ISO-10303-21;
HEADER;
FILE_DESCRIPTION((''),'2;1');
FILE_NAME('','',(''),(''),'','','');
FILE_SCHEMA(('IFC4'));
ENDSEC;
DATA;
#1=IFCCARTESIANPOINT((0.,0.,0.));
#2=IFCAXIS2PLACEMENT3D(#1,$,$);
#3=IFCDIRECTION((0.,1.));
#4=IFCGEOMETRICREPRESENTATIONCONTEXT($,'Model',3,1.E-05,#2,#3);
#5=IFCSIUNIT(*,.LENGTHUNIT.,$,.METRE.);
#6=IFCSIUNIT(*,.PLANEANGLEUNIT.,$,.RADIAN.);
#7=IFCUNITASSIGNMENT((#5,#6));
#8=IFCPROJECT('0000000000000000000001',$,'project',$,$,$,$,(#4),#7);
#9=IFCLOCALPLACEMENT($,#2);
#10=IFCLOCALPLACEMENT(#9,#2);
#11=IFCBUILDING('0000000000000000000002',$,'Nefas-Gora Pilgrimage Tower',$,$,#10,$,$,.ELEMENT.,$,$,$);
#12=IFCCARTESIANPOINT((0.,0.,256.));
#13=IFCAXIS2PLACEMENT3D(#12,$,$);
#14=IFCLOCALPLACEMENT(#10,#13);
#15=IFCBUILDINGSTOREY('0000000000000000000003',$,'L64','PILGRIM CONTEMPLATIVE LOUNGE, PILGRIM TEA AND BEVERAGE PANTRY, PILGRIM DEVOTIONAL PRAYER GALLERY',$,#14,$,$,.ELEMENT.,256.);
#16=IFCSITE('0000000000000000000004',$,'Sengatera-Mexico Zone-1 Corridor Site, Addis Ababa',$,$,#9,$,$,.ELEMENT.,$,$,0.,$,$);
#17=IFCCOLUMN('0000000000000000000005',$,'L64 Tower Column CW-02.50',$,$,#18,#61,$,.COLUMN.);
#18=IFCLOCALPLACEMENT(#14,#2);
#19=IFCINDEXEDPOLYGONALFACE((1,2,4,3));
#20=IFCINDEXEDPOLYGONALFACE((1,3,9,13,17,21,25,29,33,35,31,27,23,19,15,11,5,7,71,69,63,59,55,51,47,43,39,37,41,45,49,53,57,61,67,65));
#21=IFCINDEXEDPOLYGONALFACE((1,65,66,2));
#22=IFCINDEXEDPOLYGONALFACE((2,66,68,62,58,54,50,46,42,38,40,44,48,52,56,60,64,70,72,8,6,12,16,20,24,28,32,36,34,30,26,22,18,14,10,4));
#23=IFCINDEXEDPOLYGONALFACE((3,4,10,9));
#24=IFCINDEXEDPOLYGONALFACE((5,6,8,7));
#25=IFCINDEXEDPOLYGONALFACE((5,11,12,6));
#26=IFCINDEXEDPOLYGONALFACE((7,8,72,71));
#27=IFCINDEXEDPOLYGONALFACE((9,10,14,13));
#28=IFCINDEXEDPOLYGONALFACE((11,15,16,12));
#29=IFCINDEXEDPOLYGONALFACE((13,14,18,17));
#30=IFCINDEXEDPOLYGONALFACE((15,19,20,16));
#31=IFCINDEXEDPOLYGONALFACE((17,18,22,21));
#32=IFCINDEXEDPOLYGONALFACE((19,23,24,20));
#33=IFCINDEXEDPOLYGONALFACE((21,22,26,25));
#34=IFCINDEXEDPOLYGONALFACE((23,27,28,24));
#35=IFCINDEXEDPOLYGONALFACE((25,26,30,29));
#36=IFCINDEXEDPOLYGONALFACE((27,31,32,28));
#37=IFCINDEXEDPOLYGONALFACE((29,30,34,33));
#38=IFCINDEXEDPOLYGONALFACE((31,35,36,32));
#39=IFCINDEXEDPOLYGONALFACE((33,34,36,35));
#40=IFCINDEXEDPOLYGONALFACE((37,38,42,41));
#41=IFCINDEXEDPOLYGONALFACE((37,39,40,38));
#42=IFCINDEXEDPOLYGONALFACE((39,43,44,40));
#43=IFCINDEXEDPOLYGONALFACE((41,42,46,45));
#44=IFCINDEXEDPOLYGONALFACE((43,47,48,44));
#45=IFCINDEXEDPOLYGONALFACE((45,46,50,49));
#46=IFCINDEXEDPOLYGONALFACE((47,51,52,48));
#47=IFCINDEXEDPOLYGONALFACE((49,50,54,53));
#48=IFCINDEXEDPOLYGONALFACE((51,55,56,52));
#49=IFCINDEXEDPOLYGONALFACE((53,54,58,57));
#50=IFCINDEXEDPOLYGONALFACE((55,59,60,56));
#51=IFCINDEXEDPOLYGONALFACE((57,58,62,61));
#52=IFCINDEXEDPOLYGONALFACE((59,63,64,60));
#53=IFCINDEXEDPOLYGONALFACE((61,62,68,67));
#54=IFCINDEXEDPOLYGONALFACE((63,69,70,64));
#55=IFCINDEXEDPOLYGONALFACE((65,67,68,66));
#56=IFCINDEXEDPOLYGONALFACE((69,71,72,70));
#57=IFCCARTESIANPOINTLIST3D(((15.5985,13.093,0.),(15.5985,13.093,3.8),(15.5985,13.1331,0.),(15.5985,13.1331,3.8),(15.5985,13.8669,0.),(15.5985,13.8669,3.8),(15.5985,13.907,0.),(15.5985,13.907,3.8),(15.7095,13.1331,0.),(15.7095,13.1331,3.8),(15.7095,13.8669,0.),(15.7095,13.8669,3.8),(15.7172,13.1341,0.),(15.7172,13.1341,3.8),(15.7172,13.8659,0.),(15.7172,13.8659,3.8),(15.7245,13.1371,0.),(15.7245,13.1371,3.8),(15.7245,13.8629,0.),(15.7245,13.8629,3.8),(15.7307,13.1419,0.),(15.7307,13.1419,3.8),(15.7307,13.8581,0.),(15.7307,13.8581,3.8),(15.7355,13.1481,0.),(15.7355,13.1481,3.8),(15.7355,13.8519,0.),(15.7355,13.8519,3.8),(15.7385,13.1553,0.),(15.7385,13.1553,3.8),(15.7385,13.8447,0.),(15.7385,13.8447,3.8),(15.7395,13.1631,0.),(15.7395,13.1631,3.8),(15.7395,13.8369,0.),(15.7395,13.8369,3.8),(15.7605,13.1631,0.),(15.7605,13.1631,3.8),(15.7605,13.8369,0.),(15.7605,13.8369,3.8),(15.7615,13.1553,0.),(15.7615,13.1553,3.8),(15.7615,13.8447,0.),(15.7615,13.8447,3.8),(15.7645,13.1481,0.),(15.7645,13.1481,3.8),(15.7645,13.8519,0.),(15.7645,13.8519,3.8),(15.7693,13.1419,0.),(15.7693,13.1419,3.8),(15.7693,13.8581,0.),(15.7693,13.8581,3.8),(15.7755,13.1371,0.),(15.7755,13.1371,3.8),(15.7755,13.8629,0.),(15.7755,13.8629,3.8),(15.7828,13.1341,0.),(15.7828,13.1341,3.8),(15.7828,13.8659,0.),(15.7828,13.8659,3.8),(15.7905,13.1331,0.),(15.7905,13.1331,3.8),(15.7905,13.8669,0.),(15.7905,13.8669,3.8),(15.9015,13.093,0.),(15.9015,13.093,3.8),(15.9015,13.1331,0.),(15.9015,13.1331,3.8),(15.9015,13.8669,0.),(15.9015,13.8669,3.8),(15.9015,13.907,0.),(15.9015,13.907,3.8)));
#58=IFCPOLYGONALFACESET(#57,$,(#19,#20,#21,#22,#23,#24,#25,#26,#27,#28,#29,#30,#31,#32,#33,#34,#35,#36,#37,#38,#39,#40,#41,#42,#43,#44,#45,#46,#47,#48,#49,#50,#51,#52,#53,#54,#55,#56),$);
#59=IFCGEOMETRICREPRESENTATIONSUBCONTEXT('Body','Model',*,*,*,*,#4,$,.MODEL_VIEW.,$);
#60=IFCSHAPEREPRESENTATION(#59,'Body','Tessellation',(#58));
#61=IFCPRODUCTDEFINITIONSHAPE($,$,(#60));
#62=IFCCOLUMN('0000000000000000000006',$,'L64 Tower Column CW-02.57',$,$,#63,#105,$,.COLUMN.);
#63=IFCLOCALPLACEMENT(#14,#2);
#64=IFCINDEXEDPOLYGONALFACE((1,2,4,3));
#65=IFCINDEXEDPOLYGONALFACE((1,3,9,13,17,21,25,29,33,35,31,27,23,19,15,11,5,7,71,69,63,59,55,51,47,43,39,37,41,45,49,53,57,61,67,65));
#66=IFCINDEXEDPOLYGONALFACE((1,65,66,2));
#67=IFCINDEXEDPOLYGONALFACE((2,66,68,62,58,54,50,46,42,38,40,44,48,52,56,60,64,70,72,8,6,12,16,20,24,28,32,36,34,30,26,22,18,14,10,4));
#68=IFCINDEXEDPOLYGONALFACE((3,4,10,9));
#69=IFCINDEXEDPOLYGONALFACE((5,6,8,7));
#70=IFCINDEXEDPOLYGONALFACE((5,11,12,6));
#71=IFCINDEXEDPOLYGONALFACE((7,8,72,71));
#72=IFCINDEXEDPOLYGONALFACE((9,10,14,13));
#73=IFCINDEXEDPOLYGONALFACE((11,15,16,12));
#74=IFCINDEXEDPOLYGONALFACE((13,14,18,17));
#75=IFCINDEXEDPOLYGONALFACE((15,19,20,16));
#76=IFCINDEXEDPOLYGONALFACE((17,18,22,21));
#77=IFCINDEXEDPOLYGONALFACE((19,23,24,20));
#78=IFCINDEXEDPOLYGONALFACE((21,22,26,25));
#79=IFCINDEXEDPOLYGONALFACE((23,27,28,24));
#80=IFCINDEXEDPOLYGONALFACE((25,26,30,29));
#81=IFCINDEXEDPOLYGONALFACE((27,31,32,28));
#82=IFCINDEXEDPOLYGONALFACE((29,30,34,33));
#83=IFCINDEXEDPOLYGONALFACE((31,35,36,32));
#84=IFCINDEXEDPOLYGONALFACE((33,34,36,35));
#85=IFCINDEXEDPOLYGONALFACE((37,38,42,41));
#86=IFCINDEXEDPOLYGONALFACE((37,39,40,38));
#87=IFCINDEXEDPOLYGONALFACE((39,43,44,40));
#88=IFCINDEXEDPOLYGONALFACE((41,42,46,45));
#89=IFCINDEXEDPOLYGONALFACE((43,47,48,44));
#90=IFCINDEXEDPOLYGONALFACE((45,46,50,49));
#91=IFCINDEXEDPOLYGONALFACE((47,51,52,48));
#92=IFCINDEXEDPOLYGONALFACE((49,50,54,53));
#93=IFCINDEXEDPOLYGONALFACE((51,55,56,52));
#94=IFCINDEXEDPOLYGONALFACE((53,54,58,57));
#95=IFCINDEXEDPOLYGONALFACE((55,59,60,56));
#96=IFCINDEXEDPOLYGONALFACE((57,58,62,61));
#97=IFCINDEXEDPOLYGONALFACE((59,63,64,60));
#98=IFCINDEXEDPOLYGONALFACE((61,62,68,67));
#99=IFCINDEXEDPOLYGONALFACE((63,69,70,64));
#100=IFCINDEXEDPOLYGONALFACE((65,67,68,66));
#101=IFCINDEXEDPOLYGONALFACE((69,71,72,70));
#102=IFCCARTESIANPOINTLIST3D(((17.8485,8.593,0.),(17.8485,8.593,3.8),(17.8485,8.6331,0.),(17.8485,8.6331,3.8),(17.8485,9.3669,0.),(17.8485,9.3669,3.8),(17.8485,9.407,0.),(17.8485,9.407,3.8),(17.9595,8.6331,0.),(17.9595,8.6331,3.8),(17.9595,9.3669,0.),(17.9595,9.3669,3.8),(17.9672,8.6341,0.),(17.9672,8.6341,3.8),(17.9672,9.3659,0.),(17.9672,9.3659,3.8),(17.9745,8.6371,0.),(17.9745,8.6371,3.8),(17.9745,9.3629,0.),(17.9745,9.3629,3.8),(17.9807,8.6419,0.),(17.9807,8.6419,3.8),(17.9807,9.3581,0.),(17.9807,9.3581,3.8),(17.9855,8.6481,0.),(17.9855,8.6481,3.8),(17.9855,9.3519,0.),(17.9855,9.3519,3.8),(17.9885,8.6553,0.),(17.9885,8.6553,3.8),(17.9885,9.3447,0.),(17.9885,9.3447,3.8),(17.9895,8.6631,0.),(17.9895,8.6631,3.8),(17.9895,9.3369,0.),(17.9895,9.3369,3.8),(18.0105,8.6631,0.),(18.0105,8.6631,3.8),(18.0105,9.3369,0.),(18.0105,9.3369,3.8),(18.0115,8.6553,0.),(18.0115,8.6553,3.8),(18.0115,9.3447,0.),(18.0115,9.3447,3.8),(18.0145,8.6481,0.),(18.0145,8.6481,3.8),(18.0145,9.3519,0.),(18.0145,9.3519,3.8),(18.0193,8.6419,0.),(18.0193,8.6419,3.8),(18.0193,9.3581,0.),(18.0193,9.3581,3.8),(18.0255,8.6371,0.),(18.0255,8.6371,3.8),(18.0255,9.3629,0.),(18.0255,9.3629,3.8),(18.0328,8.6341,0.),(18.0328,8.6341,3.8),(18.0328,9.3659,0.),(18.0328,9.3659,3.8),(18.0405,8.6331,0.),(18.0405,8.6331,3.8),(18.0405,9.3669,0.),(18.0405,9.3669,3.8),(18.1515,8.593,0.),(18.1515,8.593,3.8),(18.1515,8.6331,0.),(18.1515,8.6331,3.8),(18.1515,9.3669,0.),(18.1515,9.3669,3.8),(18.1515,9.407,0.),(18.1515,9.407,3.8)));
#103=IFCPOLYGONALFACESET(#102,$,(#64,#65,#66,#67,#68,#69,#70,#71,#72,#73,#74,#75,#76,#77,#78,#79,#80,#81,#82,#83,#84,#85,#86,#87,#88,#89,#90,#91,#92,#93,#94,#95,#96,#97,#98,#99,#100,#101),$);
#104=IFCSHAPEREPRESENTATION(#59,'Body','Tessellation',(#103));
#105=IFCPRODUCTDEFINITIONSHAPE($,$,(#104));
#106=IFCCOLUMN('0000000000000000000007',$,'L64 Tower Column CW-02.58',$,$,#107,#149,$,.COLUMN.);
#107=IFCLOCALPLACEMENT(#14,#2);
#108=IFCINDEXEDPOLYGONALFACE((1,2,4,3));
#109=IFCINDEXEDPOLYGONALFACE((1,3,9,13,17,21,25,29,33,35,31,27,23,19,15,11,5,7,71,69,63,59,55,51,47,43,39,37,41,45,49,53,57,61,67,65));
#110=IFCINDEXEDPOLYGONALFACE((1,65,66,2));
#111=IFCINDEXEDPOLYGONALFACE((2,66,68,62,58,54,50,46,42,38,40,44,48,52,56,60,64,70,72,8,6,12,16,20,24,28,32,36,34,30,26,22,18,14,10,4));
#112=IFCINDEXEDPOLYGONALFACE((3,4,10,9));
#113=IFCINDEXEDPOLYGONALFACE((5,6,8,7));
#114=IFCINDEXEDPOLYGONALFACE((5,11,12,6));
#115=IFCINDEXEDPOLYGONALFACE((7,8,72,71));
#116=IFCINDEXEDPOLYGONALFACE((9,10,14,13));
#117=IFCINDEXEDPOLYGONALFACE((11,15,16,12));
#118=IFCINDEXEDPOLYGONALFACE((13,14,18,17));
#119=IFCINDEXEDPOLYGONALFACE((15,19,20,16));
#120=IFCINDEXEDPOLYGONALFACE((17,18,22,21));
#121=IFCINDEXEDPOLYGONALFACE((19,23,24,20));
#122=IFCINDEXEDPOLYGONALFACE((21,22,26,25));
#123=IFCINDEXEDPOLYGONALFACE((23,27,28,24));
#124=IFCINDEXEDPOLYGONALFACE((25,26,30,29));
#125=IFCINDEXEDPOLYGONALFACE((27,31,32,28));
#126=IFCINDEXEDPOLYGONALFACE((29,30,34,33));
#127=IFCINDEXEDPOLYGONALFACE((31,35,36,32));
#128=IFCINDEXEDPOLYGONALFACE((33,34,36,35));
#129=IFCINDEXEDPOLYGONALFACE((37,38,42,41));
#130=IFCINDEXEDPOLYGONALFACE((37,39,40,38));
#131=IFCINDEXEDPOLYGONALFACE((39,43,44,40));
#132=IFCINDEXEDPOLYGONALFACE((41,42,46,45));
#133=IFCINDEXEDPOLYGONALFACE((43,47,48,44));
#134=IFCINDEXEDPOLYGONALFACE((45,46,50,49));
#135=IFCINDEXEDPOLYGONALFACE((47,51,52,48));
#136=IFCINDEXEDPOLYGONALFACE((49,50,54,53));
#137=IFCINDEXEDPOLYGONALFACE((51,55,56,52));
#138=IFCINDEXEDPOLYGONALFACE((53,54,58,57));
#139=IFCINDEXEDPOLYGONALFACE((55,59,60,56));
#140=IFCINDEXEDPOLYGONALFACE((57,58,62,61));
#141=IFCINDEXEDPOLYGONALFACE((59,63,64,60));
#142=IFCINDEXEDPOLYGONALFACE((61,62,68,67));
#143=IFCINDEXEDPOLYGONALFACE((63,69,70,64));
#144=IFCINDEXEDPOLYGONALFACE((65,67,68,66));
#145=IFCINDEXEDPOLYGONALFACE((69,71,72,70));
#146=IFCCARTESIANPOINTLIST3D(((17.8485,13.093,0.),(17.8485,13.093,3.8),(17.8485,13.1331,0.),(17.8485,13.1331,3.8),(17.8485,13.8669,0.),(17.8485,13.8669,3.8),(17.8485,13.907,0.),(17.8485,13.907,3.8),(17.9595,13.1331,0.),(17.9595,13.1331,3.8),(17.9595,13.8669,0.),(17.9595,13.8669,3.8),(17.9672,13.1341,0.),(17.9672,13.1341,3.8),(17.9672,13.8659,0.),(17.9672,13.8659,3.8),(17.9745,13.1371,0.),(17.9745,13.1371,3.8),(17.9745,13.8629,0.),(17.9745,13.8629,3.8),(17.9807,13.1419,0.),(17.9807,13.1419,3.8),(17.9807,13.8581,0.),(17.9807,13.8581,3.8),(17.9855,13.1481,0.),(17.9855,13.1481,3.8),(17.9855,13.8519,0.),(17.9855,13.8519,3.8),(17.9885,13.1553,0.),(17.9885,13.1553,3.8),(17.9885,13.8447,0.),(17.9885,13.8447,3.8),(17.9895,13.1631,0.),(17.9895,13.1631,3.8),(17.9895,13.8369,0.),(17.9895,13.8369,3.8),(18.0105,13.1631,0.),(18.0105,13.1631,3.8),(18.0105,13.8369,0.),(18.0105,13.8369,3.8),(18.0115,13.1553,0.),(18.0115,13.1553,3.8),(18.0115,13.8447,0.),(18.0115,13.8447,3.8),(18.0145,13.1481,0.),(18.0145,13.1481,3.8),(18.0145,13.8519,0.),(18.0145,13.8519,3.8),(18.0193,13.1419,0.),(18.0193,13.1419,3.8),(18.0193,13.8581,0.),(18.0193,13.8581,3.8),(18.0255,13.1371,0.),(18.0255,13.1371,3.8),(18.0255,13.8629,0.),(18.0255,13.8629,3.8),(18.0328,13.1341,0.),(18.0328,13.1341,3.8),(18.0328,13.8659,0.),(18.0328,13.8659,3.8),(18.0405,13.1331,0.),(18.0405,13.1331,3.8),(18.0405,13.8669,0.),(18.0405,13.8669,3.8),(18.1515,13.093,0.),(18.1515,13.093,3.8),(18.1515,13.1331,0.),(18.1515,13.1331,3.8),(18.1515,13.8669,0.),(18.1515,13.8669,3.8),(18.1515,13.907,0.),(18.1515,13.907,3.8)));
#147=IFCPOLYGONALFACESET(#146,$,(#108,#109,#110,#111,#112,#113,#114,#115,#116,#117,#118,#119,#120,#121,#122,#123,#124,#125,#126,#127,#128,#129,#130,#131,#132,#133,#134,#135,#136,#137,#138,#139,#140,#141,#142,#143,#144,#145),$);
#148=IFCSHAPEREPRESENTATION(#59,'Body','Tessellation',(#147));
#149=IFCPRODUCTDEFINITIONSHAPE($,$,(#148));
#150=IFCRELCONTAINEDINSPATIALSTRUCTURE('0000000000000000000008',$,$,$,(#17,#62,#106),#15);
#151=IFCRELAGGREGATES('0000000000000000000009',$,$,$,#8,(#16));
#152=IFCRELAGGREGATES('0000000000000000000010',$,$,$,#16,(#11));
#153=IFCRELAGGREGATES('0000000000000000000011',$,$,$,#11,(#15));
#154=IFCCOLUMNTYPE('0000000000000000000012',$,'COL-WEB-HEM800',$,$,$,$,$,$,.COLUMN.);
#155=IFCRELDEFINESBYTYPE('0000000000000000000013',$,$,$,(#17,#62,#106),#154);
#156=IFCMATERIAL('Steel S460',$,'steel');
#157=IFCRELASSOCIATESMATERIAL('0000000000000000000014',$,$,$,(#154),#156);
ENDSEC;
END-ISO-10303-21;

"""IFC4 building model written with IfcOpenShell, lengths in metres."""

from ifc_helpers import new_model, si_unit, direction, frame, origin, origin_2d, place, context, subcontext, project, spatial, i_section, extrude, source, transform, mapped, material, material_profile, profile_set, type_object, element, save


model = new_model("IFC4")

# Units and contexts
model_context = context("Model", 3, precision=1e-05, world=origin(), true_north=direction((0.0, 1.0)))
body_context = subcontext(model_context, "Body", "Model", "MODEL_VIEW")
ifc_project = project(units=[si_unit("LENGTHUNIT", "METRE"), si_unit("PLANEANGLEUNIT", "RADIAN")], contexts=[model_context])

# Site, building, storey
site_placement = place(None, origin())
site = spatial("IfcSite", under=ifc_project, at=site_placement, Name="Sengatera-Mexico Zone-1 Corridor Site, Addis Ababa", CompositionType="ELEMENT", RefElevation=0.0)
building_placement = place(site_placement, origin())
building = spatial("IfcBuilding", under=site, at=building_placement, Name="Nefas-Gora Pilgrimage Tower", CompositionType="ELEMENT")
storey_placement = place(building_placement, frame((0.0, 0.0, 256.0)))
storey = spatial("IfcBuildingStorey", under=building, at=storey_placement, Name="L64", Description="PILGRIM CONTEMPLATIVE LOUNGE, PILGRIM TEA AND BEVERAGE PANTRY, PILGRIM DEVOTIONAL PRAYER GALLERY", CompositionType="ELEMENT", Elevation=256.0)

# Columns
ifc_material_1 = material(Name="Steel S460", Category="steel")
ifc_material_profile_1 = material_profile(ifc_material_1, i_section(OverallWidth=0.303, OverallDepth=0.814, WebThickness=0.021, FlangeThickness=0.04, FilletRadius=0.03, at=origin_2d()), Name="HEM 800")
ifc_profile_set_1 = profile_set([ifc_material_profile_1], Name="Steel S460")
column_type_1 = type_object("IfcColumnType", Name="COL-WEB-HEM800", PredefinedType="COLUMN", material=ifc_profile_set_1)
shared_shape_1 = source(origin(), body_context, "Body", "SweptSolid", [
    extrude(i_section(OverallWidth=0.303, OverallDepth=0.814, WebThickness=0.021, FlangeThickness=0.04, FilletRadius=0.03, at=origin_2d()), origin(), (0.0, 0.0, 1.0), 3.8),
])
for number, where, z_axis, x_axis, name in (
    (1, (15.75, 13.5, 0.0), (0.0, 0.0, 1.0), (1.0, 0.0, 0.0), "L64 Tower Column CW-02.50"),
    (2, (18.0, 9.0, 0.0), (0.0, 0.0, 1.0), (1.0, 0.0, 0.0), "L64 Tower Column CW-02.57"),
    (3, (18.0, 13.5, 0.0), (0.0, 0.0, 1.0), (1.0, 0.0, 0.0), "L64 Tower Column CW-02.58"),
):
    element("IfcColumn", number, at=place(storey_placement, frame(where, z_axis=z_axis, x_axis=x_axis)), inside=storey, type_object=column_type_1, Name=name, PredefinedType="COLUMN", context=body_context, shape_type="MappedRepresentation", body=[
        mapped(shared_shape_1, transform((0.0, 0.0, 0.0), x_axis=(1.0, 0.0, 0.0), y_axis=(0.0, 1.0, 0.0), z_axis=(0.0, 0.0, 1.0), scale=1.0)),
    ])

save(model, "model.ifc")
